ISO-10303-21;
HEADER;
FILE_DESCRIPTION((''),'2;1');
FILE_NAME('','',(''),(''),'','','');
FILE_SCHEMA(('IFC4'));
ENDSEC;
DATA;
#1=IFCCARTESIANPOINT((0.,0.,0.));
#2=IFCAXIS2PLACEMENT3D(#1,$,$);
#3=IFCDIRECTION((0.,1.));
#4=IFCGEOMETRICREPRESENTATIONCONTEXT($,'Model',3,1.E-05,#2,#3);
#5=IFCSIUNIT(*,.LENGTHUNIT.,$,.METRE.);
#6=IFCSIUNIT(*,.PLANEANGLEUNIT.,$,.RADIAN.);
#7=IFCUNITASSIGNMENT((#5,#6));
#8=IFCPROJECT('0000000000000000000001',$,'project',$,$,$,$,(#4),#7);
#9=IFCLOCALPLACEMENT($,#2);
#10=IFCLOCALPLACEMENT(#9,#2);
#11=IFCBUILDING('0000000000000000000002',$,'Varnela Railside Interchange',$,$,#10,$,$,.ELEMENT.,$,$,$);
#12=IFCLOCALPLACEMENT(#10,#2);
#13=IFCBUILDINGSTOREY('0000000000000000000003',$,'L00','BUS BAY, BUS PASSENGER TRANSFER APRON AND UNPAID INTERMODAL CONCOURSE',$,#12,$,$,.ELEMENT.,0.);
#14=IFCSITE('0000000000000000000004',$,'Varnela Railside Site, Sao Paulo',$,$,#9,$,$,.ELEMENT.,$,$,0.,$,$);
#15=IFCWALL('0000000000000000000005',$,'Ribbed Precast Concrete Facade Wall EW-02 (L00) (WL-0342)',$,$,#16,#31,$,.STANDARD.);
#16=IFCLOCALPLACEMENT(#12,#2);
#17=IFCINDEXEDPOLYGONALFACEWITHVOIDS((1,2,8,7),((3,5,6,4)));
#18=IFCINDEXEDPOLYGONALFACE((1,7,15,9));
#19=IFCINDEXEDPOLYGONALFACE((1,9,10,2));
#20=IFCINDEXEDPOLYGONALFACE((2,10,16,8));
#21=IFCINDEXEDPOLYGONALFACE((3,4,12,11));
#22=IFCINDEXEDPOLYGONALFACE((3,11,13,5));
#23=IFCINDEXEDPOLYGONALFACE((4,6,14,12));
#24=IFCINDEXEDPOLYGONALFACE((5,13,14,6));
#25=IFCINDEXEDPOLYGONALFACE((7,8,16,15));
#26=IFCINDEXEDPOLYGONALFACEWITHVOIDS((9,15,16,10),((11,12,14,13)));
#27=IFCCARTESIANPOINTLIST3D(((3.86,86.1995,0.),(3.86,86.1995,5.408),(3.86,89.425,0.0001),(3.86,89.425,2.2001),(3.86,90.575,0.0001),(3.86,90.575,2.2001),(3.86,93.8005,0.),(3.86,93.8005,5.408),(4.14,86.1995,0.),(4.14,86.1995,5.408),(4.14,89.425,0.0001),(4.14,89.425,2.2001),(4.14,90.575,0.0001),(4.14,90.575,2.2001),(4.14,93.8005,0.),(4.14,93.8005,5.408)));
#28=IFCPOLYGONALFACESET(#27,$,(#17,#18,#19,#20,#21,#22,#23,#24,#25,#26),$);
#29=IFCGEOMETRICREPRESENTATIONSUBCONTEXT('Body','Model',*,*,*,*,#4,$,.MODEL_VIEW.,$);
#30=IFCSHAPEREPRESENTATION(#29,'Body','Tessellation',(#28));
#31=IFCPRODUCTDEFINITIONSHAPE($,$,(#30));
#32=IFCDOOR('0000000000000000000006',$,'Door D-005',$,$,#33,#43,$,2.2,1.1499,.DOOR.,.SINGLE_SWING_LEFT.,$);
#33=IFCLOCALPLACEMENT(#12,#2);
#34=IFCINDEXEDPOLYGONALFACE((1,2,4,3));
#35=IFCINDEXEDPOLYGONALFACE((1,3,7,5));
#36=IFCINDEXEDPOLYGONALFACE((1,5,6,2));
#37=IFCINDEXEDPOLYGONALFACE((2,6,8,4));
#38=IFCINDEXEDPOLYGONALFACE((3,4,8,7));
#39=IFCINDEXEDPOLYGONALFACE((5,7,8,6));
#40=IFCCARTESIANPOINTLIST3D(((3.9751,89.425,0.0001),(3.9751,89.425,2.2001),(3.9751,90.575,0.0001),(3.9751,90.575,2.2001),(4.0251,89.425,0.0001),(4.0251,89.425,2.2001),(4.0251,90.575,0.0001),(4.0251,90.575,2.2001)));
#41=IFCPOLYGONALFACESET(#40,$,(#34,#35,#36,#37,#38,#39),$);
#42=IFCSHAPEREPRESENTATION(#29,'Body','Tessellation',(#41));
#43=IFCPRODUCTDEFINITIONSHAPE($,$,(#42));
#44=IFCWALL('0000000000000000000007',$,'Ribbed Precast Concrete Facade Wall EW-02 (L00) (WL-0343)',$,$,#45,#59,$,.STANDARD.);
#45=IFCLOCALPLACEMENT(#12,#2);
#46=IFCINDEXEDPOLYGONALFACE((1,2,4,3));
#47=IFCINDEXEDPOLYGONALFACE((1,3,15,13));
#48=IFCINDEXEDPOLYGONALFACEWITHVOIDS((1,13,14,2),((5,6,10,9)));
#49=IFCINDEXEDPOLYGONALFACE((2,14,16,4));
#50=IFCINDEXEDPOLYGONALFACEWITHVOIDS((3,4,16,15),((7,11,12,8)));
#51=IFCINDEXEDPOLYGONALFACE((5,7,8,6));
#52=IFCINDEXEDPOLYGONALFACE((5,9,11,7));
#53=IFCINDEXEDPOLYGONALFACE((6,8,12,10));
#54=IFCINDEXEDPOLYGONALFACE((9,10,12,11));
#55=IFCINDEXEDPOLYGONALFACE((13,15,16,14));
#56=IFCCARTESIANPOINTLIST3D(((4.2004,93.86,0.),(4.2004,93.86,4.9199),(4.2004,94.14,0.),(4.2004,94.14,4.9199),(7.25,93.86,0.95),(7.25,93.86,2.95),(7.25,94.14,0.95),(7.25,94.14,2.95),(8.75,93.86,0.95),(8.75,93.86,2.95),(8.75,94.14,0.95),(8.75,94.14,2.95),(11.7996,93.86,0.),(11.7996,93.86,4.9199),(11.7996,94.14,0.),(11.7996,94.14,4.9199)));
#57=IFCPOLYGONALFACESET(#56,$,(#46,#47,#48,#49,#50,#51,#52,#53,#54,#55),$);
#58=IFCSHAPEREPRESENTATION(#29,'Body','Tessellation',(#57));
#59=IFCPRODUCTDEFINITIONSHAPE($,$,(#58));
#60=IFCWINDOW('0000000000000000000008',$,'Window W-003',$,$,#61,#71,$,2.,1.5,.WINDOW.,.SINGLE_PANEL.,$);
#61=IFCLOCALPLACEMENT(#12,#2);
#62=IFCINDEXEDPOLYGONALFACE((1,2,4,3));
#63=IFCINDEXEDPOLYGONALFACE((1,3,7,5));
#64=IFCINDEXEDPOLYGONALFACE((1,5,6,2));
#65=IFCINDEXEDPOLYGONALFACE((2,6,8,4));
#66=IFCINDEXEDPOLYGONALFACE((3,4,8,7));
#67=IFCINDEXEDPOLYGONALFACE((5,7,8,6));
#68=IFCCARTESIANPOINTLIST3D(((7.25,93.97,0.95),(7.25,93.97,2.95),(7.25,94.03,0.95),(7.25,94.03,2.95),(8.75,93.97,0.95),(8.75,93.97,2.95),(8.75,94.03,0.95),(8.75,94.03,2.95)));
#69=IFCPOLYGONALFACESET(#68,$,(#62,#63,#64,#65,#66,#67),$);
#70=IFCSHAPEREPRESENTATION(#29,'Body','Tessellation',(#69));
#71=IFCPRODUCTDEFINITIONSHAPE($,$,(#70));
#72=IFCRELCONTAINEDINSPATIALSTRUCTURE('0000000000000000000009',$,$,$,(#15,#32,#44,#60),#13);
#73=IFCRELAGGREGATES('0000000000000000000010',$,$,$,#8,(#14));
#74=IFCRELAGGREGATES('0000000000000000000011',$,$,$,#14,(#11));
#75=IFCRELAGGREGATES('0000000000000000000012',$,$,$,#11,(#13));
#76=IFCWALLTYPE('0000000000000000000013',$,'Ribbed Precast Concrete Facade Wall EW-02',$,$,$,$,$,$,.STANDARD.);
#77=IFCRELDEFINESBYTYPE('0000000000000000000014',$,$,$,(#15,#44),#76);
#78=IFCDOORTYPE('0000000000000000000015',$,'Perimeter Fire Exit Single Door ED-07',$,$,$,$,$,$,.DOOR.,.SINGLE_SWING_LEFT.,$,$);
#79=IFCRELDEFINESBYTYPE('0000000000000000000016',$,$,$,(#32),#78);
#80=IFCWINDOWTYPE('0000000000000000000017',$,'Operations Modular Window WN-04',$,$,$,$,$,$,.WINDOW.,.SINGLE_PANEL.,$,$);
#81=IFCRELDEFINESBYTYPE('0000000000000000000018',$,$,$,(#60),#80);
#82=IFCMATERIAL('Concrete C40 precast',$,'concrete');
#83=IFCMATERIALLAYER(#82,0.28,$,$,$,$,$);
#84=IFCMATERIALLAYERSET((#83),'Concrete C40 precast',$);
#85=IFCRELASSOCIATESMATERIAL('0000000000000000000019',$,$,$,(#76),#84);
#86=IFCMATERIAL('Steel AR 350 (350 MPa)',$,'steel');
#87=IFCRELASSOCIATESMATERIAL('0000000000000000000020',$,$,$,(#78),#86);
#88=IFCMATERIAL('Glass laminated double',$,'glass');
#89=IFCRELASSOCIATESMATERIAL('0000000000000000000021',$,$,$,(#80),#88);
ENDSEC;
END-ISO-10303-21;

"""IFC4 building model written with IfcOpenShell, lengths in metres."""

from ifc_helpers import new_model, si_unit, direction, frame, frame_2d, origin, place, context, subcontext, project, spatial, rectangle, extrude, material, layer, layer_set, type_object, element, fill, save


model = new_model("IFC4")

# Units and contexts
model_context = context("Model", 3, precision=1e-05, world=origin(), true_north=direction((0.0, 1.0)))
body_context = subcontext(model_context, "Body", "Model", "MODEL_VIEW")
ifc_project = project(units=[si_unit("LENGTHUNIT", "METRE"), si_unit("PLANEANGLEUNIT", "RADIAN")], contexts=[model_context])

# Site, building, storey
site_placement = place(None, origin())
site = spatial("IfcSite", under=ifc_project, at=site_placement, Name="Varnela Railside Site, Sao Paulo", CompositionType="ELEMENT", RefElevation=0.0)
building_placement = place(site_placement, origin())
building = spatial("IfcBuilding", under=site, at=building_placement, Name="Varnela Railside Interchange", CompositionType="ELEMENT")
storey_placement = place(building_placement, origin())
storey = spatial("IfcBuildingStorey", under=building, at=storey_placement, Name="L00", Description="BUS BAY, BUS PASSENGER TRANSFER APRON AND UNPAID INTERMODAL CONCOURSE", CompositionType="ELEMENT", Elevation=0.0)

# Shared definitions
ifc_material_1 = material(Name="Steel AR 350 (350 MPa)", Category="steel")

# Shared definitions
ifc_material_2 = material(Name="Glass laminated double", Category="glass")

# Wall, opening, door
ifc_material_3 = material(Name="Concrete C40 precast", Category="concrete")
ifc_layer_1 = layer(ifc_material_3, 0.28)
ifc_layer_set_1 = layer_set([ifc_layer_1], Name="Concrete C40 precast")
wall_type = type_object("IfcWallType", Name="Ribbed Precast Concrete Facade Wall EW-02", PredefinedType="STANDARD", material=ifc_layer_set_1)
wall_1_placement = place(storey_placement, frame((4.0, 86.1995, 0.0), z_axis=(0.0, 0.0, 1.0), x_axis=(0.0, 1.0, 0.0)))
wall_1 = element("IfcWall", 1, at=wall_1_placement, inside=storey, type_object=wall_type, Name="Ribbed Precast Concrete Facade Wall EW-02 (L00) (WL-0342)", PredefinedType="STANDARD", context=body_context, shape_type="SweptSolid", body=[
    extrude(rectangle(XDim=7.6011, YDim=0.28, at=frame_2d((3.8005, 0.0))), origin(), (0.0, 0.0, 1.0), 5.408),
])
opening_1_placement = place(wall_1_placement, frame((3.2256, 0.0, 0.0)))
opening_1 = element("IfcOpeningElement", 2, at=opening_1_placement, cuts=wall_1, PredefinedType="OPENING", context=body_context, shape_type="SweptSolid", body=[
    extrude(rectangle(XDim=1.1499, YDim=2.2, at=frame_2d((0.575, 1.1001))), frame((0.0, 0.1499, 0.0), z_axis=(0.0, -1.0, 0.0), x_axis=(1.0, 0.0, 0.0)), (0.0, 0.0, 1.0), 0.3),
])
door_type = type_object("IfcDoorType", Name="Perimeter Fire Exit Single Door ED-07", OperationType="SINGLE_SWING_LEFT", PredefinedType="DOOR", material=ifc_material_1)
door_placement = place(opening_1_placement, origin())
door = element("IfcDoor", 3, at=door_placement, inside=storey, type_object=door_type, Name="Door D-005", OperationType="SINGLE_SWING_LEFT", OverallHeight=2.2, OverallWidth=1.1499, PredefinedType="DOOR", context=body_context, shape_type="SweptSolid", body=[
    extrude(rectangle(XDim=1.1499, YDim=2.2, at=frame_2d((0.575, 1.1001))), frame((0.0, 0.0249, 0.0), z_axis=(0.0, -1.0, 0.0), x_axis=(1.0, 0.0, 0.0)), (0.0, 0.0, 1.0), 0.05),
])
fill(opening_1, door)

# Wall, opening, window
wall_2_placement = place(storey_placement, frame((4.2004, 94.0, 0.0), z_axis=(0.0, 0.0, 1.0), x_axis=(1.0, 0.0, 0.0)))
wall_2 = element("IfcWall", 4, at=wall_2_placement, inside=storey, type_object=wall_type, Name="Ribbed Precast Concrete Facade Wall EW-02 (L00) (WL-0343)", PredefinedType="STANDARD", context=body_context, shape_type="SweptSolid", body=[
    extrude(rectangle(XDim=7.5991, YDim=0.28, at=frame_2d((3.7996, 0.0))), origin(), (0.0, 0.0, 1.0), 4.9199),
])
opening_2_placement = place(wall_2_placement, frame((3.0496, 0.0, 0.95)))
opening_2 = element("IfcOpeningElement", 5, at=opening_2_placement, cuts=wall_2, PredefinedType="OPENING", context=body_context, shape_type="SweptSolid", body=[
    extrude(rectangle(XDim=1.5, YDim=2.0, at=frame_2d((0.75, 1.0))), frame((0.0, 0.1499, 0.0), z_axis=(0.0, -1.0, 0.0), x_axis=(1.0, 0.0, 0.0)), (0.0, 0.0, 1.0), 0.3),
])
window_type = type_object("IfcWindowType", Name="Operations Modular Window WN-04", PartitioningType="SINGLE_PANEL", PredefinedType="WINDOW", material=ifc_material_2)
window_placement = place(opening_2_placement, origin())
window = element("IfcWindow", 6, at=window_placement, inside=storey, type_object=window_type, Name="Window W-003", OverallHeight=2.0, OverallWidth=1.5, PartitioningType="SINGLE_PANEL", PredefinedType="WINDOW", context=body_context, shape_type="SweptSolid", body=[
    extrude(rectangle(XDim=1.5, YDim=2.0, at=frame_2d((0.75, 1.0))), frame((0.0, 0.03, 0.0), z_axis=(0.0, -1.0, 0.0), x_axis=(1.0, 0.0, 0.0)), (0.0, 0.0, 1.0), 0.0601),
])
fill(opening_2, window)

save(model, "model.ifc")
